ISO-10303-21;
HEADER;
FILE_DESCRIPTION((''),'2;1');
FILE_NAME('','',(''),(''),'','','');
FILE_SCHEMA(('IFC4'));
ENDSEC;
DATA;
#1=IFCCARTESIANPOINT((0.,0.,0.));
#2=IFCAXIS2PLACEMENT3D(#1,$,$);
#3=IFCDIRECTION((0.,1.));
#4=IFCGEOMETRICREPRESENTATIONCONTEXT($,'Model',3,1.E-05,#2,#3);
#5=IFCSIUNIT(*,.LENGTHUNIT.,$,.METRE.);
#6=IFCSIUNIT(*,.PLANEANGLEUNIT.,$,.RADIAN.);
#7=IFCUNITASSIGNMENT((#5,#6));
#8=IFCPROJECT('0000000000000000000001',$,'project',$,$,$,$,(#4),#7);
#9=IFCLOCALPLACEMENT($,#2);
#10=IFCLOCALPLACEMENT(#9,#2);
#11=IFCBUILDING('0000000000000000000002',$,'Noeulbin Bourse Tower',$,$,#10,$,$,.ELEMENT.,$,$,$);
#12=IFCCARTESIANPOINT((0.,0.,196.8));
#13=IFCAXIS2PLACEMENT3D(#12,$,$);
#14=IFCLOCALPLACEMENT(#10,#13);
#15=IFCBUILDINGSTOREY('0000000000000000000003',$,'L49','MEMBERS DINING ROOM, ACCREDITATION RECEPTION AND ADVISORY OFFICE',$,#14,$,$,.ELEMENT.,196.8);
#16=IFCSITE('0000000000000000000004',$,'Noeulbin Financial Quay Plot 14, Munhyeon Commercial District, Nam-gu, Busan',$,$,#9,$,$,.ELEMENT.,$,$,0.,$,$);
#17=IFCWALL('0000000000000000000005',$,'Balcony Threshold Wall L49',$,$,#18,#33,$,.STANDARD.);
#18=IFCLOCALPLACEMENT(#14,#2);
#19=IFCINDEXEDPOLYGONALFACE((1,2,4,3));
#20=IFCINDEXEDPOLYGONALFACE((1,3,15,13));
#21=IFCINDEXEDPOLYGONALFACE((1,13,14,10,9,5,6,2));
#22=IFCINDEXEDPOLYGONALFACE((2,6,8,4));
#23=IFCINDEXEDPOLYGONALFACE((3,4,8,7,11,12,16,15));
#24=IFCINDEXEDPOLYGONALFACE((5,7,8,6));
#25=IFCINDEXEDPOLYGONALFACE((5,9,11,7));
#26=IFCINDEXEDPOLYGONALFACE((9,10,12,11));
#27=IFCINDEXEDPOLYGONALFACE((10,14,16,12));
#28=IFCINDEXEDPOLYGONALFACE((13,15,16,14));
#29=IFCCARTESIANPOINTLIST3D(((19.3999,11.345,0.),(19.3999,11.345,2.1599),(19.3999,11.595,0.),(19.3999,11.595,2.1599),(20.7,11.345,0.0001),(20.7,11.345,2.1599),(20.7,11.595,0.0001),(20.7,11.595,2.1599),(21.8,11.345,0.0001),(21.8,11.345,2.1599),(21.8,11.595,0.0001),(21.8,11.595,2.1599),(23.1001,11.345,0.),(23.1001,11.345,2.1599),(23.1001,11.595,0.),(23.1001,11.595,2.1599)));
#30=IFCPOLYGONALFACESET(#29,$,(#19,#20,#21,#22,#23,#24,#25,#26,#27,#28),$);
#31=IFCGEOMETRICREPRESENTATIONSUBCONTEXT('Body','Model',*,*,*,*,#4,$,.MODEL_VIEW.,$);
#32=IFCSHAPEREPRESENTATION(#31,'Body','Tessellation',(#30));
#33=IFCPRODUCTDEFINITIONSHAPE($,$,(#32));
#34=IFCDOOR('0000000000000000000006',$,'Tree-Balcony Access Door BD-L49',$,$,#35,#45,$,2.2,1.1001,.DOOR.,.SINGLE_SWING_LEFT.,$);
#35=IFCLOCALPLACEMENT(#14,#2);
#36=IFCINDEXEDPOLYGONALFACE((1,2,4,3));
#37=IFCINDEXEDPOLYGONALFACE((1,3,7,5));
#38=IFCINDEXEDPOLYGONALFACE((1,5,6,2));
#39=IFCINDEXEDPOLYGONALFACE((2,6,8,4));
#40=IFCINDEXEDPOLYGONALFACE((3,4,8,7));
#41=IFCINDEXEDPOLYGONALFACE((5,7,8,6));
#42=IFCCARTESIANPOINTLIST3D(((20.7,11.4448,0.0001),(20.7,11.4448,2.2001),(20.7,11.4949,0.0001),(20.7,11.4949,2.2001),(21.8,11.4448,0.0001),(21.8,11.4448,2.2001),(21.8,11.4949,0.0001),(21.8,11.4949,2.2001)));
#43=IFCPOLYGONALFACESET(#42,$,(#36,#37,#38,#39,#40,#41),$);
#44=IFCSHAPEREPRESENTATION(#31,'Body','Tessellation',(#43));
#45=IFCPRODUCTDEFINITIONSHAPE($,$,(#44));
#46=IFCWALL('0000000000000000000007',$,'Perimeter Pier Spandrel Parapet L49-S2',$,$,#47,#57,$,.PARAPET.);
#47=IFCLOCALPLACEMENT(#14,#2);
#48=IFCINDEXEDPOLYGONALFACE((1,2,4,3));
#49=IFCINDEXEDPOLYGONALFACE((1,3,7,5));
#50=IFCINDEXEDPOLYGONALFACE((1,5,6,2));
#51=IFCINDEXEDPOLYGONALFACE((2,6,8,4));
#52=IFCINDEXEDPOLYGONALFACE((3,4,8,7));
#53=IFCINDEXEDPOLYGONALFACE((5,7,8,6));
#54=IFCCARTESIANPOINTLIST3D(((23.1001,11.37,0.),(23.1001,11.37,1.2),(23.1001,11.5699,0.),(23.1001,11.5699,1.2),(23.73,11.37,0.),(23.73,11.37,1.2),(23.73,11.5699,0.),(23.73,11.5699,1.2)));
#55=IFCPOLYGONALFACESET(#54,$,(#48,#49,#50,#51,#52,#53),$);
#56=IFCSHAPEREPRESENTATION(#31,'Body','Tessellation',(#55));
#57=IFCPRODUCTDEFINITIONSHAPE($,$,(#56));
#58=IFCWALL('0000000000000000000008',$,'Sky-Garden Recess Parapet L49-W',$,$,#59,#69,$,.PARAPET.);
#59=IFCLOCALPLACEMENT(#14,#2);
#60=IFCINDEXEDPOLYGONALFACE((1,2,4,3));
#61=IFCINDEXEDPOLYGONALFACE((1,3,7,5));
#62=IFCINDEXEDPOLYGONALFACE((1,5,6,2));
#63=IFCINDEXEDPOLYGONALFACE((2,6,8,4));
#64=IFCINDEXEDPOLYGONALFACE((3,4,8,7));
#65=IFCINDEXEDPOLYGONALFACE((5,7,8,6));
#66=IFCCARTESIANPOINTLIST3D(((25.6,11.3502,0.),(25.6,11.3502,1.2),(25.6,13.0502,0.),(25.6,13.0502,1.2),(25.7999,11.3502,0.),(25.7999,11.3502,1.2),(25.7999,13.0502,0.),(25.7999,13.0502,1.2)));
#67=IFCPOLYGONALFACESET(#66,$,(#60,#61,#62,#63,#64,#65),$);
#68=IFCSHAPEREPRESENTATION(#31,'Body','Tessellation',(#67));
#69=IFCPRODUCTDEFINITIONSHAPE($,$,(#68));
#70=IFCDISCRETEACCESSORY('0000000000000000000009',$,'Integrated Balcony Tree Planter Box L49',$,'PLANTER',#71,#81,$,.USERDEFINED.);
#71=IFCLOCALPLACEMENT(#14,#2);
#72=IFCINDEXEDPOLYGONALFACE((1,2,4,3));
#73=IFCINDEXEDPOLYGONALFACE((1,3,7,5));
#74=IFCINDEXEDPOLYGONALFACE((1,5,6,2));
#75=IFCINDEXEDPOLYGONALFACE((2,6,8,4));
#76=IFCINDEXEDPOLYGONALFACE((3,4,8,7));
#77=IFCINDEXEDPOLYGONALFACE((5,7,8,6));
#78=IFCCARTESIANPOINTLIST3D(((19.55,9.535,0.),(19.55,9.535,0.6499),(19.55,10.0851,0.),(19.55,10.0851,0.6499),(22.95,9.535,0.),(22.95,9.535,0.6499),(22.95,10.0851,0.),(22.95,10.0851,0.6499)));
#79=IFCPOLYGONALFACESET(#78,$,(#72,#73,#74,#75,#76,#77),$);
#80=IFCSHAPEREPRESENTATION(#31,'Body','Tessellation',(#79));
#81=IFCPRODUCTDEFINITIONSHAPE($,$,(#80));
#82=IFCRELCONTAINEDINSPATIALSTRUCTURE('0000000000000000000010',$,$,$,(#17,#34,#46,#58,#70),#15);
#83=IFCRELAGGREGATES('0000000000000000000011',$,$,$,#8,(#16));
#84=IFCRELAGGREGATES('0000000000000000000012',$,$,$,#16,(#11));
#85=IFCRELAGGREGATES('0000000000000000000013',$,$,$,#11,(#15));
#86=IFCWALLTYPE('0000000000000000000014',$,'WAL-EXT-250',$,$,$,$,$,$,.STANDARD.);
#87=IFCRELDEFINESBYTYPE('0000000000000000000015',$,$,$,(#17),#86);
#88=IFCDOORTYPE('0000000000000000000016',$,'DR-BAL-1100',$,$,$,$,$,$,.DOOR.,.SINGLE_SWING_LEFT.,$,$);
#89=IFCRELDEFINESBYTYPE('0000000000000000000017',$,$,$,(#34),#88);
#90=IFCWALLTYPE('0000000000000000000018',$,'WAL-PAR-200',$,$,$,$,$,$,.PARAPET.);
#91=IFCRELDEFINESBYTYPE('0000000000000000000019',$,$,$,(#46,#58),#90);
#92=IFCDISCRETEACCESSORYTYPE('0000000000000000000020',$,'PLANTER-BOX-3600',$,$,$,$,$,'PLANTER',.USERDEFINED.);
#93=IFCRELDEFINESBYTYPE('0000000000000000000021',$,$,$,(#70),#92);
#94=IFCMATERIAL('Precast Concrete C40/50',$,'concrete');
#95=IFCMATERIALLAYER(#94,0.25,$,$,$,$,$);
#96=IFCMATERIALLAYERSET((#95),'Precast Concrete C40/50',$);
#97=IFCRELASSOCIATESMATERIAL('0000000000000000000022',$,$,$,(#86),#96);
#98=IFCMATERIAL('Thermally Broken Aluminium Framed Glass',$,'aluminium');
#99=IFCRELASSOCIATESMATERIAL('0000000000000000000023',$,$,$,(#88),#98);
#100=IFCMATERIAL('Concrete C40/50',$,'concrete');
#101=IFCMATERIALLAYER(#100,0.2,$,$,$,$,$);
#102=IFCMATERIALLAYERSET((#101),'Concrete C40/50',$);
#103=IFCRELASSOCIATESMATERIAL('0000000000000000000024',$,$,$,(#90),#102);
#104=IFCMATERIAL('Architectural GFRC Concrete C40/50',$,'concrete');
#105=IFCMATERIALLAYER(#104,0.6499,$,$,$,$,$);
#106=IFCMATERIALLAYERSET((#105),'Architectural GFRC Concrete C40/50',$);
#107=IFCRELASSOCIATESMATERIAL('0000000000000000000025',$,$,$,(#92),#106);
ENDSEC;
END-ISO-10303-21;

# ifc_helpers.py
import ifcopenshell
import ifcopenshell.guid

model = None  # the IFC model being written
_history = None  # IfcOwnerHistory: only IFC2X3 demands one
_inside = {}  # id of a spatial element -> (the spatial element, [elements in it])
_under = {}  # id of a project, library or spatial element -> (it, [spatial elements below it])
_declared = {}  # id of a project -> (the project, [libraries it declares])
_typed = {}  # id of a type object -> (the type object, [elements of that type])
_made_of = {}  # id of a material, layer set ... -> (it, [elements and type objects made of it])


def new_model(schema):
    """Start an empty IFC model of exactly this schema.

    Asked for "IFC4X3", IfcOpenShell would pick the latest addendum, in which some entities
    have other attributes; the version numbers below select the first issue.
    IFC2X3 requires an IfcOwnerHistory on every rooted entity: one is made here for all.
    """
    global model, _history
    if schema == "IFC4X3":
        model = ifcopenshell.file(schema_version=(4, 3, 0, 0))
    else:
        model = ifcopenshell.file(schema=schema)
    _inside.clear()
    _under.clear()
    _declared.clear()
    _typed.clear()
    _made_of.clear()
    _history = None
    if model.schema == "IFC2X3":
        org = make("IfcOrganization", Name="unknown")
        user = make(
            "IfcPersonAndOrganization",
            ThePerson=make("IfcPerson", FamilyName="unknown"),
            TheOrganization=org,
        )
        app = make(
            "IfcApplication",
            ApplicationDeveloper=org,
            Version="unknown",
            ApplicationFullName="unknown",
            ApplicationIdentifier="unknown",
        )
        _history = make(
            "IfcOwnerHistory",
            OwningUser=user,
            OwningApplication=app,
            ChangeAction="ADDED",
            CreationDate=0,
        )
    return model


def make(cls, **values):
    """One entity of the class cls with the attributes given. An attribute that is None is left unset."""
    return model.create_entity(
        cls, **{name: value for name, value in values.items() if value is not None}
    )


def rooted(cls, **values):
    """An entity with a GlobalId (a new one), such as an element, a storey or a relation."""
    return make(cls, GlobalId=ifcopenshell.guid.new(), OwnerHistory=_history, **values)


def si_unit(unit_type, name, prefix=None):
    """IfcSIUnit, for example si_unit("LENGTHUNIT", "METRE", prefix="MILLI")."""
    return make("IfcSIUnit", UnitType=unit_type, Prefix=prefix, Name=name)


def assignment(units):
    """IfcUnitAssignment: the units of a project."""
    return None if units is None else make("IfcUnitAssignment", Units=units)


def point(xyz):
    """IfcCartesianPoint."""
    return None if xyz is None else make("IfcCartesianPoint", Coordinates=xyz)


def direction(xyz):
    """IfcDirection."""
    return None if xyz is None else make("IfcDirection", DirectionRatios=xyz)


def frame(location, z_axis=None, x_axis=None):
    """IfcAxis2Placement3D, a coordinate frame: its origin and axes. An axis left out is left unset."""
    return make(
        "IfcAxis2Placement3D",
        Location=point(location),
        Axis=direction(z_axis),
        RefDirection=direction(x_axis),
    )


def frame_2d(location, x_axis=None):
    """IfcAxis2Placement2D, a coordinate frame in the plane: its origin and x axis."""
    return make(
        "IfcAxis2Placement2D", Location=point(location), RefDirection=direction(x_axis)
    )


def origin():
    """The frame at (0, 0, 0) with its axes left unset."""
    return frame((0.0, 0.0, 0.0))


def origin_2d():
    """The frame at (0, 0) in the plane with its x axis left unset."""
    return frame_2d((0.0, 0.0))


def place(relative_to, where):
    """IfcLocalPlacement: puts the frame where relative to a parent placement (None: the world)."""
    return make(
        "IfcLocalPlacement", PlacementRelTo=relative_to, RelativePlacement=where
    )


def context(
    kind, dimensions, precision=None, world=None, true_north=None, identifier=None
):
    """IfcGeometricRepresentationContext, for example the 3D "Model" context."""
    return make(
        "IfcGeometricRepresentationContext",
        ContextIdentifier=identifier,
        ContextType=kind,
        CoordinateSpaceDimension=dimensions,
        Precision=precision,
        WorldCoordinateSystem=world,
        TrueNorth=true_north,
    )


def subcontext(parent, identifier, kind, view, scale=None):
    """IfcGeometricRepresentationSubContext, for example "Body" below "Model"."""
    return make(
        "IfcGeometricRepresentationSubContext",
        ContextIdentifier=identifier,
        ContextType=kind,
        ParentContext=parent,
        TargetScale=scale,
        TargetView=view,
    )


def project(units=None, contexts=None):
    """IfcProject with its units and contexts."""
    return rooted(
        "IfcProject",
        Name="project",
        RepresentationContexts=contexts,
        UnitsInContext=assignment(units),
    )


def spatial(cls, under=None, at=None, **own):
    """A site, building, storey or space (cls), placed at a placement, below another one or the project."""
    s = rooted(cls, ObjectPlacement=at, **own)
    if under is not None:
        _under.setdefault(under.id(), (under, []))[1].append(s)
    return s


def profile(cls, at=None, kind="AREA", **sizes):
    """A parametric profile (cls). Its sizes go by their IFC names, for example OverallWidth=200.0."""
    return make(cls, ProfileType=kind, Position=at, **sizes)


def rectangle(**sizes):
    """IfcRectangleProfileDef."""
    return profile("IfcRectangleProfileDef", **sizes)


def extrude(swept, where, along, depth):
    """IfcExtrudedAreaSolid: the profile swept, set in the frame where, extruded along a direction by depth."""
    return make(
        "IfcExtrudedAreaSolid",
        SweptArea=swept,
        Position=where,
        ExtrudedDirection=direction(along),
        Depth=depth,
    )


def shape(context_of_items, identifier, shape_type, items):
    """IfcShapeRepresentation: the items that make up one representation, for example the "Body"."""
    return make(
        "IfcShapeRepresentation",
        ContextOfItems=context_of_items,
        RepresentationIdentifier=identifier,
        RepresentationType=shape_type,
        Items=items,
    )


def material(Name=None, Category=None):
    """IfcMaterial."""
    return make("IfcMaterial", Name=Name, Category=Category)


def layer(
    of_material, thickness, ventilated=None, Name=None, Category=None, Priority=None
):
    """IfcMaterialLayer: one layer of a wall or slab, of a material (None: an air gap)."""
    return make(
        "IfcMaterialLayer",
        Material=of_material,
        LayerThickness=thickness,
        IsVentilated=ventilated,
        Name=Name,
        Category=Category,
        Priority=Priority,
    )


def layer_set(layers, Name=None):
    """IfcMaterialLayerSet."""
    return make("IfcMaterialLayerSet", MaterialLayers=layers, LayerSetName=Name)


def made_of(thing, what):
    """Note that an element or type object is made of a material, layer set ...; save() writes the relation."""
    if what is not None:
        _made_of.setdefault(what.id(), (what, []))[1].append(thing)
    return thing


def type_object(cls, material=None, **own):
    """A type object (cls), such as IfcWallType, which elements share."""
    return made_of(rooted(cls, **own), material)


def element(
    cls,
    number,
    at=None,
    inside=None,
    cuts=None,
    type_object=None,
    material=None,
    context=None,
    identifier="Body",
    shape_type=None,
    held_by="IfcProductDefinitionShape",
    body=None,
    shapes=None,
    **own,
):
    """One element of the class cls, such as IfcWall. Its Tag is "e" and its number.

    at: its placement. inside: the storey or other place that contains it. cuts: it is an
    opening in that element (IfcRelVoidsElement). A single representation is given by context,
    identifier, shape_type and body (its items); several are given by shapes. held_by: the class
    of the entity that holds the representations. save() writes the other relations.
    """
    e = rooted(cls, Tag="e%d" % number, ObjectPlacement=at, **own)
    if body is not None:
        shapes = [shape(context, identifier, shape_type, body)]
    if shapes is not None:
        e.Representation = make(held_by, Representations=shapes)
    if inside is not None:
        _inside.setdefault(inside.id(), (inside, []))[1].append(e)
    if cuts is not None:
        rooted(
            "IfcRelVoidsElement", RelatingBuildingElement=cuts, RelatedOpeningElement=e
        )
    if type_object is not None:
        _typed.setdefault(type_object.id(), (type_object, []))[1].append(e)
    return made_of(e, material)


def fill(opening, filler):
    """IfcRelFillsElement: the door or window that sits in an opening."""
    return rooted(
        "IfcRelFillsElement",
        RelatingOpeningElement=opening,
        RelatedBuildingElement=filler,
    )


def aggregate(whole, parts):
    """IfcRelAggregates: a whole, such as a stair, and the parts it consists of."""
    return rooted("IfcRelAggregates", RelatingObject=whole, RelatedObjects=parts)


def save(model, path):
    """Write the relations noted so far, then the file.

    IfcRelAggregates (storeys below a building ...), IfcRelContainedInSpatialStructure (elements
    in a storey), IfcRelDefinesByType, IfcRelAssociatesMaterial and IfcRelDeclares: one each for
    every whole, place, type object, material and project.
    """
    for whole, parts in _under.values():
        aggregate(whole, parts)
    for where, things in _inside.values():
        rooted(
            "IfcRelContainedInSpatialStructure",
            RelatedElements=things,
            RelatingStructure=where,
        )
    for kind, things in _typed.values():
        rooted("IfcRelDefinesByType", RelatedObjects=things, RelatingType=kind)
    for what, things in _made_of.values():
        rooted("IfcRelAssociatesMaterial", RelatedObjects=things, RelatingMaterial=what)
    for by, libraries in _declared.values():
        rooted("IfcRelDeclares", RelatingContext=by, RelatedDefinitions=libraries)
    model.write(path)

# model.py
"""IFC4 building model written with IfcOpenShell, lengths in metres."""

from ifc_helpers import new_model, si_unit, direction, frame, frame_2d, origin, origin_2d, place, context, subcontext, project, spatial, rectangle, extrude, material, layer, layer_set, type_object, element, fill, save


model = new_model("IFC4")

# Units and contexts
model_context = context("Model", 3, precision=1e-05, world=origin(), true_north=direction((0.0, 1.0)))
body_context = subcontext(model_context, "Body", "Model", "MODEL_VIEW")
ifc_project = project(units=[si_unit("LENGTHUNIT", "METRE"), si_unit("PLANEANGLEUNIT", "RADIAN")], contexts=[model_context])

# Site, building, storey
site_placement = place(None, origin())
site = spatial("IfcSite", under=ifc_project, at=site_placement, Name="Noeulbin Financial Quay Plot 14, Munhyeon Commercial District, Nam-gu, Busan", CompositionType="ELEMENT", RefElevation=0.0)
building_placement = place(site_placement, origin())
building = spatial("IfcBuilding", under=site, at=building_placement, Name="Noeulbin Bourse Tower", CompositionType="ELEMENT")
storey_placement = place(building_placement, frame((0.0, 0.0, 196.8)))
storey = spatial("IfcBuildingStorey", under=building, at=storey_placement, Name="L49", Description="MEMBERS DINING ROOM, ACCREDITATION RECEPTION AND ADVISORY OFFICE", CompositionType="ELEMENT", Elevation=196.8)

# Wall, opening, door
ifc_material_1 = material(Name="Precast Concrete C40/50", Category="concrete")
ifc_layer_1 = layer(ifc_material_1, 0.25)
ifc_layer_set_1 = layer_set([ifc_layer_1], Name="Precast Concrete C40/50")
wall_type_1 = type_object("IfcWallType", Name="WAL-EXT-250", PredefinedType="STANDARD", material=ifc_layer_set_1)
wall_1_placement = place(storey_placement, frame((19.3999, 11.47, 0.0), z_axis=(0.0, 0.0, 1.0), x_axis=(1.0, 0.0, 0.0)))
wall_1 = element("IfcWall", 1, at=wall_1_placement, inside=storey, type_object=wall_type_1, Name="Balcony Threshold Wall L49", PredefinedType="STANDARD", context=body_context, shape_type="SweptSolid", body=[
    extrude(rectangle(XDim=3.7002, YDim=0.25, at=frame_2d((1.8501, 0.0))), origin(), (0.0, 0.0, 1.0), 2.1599),
])
opening_placement = place(wall_1_placement, frame((1.3, 0.0, 0.0)))
opening = element("IfcOpeningElement", 2, at=opening_placement, cuts=wall_1, PredefinedType="OPENING", context=body_context, shape_type="SweptSolid", body=[
    extrude(rectangle(XDim=1.1001, YDim=2.2, at=frame_2d((0.55, 1.1001))), frame((0.0, 0.135, 0.0), z_axis=(0.0, -1.0, 0.0), x_axis=(1.0, 0.0, 0.0)), (0.0, 0.0, 1.0), 0.27),
])
ifc_material_2 = material(Name="Thermally Broken Aluminium Framed Glass", Category="aluminium")
door_type = type_object("IfcDoorType", Name="DR-BAL-1100", OperationType="SINGLE_SWING_LEFT", PredefinedType="DOOR", material=ifc_material_2)
door_placement = place(opening_placement, origin())
door = element("IfcDoor", 3, at=door_placement, inside=storey, type_object=door_type, Name="Tree-Balcony Access Door BD-L49", OperationType="SINGLE_SWING_LEFT", OverallHeight=2.2, OverallWidth=1.1001, PredefinedType="DOOR", context=body_context, shape_type="SweptSolid", body=[
    extrude(rectangle(XDim=1.1001, YDim=2.2, at=frame_2d((0.55, 1.1001))), frame((0.0, 0.0249, 0.0), z_axis=(0.0, -1.0, 0.0), x_axis=(1.0, 0.0, 0.0)), (0.0, 0.0, 1.0), 0.05),
])
fill(opening, door)

# Walls
ifc_material_3 = material(Name="Concrete C40/50", Category="concrete")
ifc_layer_2 = layer(ifc_material_3, 0.2)
ifc_layer_set_2 = layer_set([ifc_layer_2], Name="Concrete C40/50")
wall_type_2 = type_object("IfcWallType", Name="WAL-PAR-200", PredefinedType="PARAPET", material=ifc_layer_set_2)
wall_2_placement = place(storey_placement, frame((23.1001, 11.47, 0.0), z_axis=(0.0, 0.0, 1.0), x_axis=(1.0, 0.0, 0.0)))
element("IfcWall", 4, at=wall_2_placement, inside=storey, type_object=wall_type_2, Name="Perimeter Pier Spandrel Parapet L49-S2", PredefinedType="PARAPET", context=body_context, shape_type="SweptSolid", body=[
    extrude(rectangle(XDim=0.6299, YDim=0.2, at=frame_2d((0.3149, 0.0))), origin(), (0.0, 0.0, 1.0), 1.2),
])
wall_3_placement = place(storey_placement, frame((25.7, 11.3501, 0.0), z_axis=(0.0, 0.0, 1.0), x_axis=(0.0, 1.0, 0.0)))
element("IfcWall", 5, at=wall_3_placement, inside=storey, type_object=wall_type_2, Name="Sky-Garden Recess Parapet L49-W", PredefinedType="PARAPET", context=body_context, shape_type="SweptSolid", body=[
    extrude(rectangle(XDim=1.7, YDim=0.2, at=frame_2d((0.8501, 0.0))), origin(), (0.0, 0.0, 1.0), 1.2),
])

# Discrete accessory
ifc_material_4 = material(Name="Architectural GFRC Concrete C40/50", Category="concrete")
ifc_layer_3 = layer(ifc_material_4, 0.6499)
ifc_layer_set_3 = layer_set([ifc_layer_3], Name="Architectural GFRC Concrete C40/50")
discrete_accessory_type = type_object("IfcDiscreteAccessoryType", Name="PLANTER-BOX-3600", ElementType="PLANTER", PredefinedType="USERDEFINED", material=ifc_layer_set_3)
discrete_accessory_placement = place(storey_placement, frame((21.25, 9.8101, 0.0), z_axis=(0.0, 0.0, 1.0), x_axis=(1.0, 0.0, 0.0)))
element("IfcDiscreteAccessory", 6, at=discrete_accessory_placement, inside=storey, type_object=discrete_accessory_type, Name="Integrated Balcony Tree Planter Box L49", ObjectType="PLANTER", PredefinedType="USERDEFINED", context=body_context, shape_type="SweptSolid", body=[
    extrude(rectangle(XDim=3.3999, YDim=0.55, at=origin_2d()), origin(), (0.0, 0.0, 1.0), 0.6499),
])

save(model, "model.ifc")
